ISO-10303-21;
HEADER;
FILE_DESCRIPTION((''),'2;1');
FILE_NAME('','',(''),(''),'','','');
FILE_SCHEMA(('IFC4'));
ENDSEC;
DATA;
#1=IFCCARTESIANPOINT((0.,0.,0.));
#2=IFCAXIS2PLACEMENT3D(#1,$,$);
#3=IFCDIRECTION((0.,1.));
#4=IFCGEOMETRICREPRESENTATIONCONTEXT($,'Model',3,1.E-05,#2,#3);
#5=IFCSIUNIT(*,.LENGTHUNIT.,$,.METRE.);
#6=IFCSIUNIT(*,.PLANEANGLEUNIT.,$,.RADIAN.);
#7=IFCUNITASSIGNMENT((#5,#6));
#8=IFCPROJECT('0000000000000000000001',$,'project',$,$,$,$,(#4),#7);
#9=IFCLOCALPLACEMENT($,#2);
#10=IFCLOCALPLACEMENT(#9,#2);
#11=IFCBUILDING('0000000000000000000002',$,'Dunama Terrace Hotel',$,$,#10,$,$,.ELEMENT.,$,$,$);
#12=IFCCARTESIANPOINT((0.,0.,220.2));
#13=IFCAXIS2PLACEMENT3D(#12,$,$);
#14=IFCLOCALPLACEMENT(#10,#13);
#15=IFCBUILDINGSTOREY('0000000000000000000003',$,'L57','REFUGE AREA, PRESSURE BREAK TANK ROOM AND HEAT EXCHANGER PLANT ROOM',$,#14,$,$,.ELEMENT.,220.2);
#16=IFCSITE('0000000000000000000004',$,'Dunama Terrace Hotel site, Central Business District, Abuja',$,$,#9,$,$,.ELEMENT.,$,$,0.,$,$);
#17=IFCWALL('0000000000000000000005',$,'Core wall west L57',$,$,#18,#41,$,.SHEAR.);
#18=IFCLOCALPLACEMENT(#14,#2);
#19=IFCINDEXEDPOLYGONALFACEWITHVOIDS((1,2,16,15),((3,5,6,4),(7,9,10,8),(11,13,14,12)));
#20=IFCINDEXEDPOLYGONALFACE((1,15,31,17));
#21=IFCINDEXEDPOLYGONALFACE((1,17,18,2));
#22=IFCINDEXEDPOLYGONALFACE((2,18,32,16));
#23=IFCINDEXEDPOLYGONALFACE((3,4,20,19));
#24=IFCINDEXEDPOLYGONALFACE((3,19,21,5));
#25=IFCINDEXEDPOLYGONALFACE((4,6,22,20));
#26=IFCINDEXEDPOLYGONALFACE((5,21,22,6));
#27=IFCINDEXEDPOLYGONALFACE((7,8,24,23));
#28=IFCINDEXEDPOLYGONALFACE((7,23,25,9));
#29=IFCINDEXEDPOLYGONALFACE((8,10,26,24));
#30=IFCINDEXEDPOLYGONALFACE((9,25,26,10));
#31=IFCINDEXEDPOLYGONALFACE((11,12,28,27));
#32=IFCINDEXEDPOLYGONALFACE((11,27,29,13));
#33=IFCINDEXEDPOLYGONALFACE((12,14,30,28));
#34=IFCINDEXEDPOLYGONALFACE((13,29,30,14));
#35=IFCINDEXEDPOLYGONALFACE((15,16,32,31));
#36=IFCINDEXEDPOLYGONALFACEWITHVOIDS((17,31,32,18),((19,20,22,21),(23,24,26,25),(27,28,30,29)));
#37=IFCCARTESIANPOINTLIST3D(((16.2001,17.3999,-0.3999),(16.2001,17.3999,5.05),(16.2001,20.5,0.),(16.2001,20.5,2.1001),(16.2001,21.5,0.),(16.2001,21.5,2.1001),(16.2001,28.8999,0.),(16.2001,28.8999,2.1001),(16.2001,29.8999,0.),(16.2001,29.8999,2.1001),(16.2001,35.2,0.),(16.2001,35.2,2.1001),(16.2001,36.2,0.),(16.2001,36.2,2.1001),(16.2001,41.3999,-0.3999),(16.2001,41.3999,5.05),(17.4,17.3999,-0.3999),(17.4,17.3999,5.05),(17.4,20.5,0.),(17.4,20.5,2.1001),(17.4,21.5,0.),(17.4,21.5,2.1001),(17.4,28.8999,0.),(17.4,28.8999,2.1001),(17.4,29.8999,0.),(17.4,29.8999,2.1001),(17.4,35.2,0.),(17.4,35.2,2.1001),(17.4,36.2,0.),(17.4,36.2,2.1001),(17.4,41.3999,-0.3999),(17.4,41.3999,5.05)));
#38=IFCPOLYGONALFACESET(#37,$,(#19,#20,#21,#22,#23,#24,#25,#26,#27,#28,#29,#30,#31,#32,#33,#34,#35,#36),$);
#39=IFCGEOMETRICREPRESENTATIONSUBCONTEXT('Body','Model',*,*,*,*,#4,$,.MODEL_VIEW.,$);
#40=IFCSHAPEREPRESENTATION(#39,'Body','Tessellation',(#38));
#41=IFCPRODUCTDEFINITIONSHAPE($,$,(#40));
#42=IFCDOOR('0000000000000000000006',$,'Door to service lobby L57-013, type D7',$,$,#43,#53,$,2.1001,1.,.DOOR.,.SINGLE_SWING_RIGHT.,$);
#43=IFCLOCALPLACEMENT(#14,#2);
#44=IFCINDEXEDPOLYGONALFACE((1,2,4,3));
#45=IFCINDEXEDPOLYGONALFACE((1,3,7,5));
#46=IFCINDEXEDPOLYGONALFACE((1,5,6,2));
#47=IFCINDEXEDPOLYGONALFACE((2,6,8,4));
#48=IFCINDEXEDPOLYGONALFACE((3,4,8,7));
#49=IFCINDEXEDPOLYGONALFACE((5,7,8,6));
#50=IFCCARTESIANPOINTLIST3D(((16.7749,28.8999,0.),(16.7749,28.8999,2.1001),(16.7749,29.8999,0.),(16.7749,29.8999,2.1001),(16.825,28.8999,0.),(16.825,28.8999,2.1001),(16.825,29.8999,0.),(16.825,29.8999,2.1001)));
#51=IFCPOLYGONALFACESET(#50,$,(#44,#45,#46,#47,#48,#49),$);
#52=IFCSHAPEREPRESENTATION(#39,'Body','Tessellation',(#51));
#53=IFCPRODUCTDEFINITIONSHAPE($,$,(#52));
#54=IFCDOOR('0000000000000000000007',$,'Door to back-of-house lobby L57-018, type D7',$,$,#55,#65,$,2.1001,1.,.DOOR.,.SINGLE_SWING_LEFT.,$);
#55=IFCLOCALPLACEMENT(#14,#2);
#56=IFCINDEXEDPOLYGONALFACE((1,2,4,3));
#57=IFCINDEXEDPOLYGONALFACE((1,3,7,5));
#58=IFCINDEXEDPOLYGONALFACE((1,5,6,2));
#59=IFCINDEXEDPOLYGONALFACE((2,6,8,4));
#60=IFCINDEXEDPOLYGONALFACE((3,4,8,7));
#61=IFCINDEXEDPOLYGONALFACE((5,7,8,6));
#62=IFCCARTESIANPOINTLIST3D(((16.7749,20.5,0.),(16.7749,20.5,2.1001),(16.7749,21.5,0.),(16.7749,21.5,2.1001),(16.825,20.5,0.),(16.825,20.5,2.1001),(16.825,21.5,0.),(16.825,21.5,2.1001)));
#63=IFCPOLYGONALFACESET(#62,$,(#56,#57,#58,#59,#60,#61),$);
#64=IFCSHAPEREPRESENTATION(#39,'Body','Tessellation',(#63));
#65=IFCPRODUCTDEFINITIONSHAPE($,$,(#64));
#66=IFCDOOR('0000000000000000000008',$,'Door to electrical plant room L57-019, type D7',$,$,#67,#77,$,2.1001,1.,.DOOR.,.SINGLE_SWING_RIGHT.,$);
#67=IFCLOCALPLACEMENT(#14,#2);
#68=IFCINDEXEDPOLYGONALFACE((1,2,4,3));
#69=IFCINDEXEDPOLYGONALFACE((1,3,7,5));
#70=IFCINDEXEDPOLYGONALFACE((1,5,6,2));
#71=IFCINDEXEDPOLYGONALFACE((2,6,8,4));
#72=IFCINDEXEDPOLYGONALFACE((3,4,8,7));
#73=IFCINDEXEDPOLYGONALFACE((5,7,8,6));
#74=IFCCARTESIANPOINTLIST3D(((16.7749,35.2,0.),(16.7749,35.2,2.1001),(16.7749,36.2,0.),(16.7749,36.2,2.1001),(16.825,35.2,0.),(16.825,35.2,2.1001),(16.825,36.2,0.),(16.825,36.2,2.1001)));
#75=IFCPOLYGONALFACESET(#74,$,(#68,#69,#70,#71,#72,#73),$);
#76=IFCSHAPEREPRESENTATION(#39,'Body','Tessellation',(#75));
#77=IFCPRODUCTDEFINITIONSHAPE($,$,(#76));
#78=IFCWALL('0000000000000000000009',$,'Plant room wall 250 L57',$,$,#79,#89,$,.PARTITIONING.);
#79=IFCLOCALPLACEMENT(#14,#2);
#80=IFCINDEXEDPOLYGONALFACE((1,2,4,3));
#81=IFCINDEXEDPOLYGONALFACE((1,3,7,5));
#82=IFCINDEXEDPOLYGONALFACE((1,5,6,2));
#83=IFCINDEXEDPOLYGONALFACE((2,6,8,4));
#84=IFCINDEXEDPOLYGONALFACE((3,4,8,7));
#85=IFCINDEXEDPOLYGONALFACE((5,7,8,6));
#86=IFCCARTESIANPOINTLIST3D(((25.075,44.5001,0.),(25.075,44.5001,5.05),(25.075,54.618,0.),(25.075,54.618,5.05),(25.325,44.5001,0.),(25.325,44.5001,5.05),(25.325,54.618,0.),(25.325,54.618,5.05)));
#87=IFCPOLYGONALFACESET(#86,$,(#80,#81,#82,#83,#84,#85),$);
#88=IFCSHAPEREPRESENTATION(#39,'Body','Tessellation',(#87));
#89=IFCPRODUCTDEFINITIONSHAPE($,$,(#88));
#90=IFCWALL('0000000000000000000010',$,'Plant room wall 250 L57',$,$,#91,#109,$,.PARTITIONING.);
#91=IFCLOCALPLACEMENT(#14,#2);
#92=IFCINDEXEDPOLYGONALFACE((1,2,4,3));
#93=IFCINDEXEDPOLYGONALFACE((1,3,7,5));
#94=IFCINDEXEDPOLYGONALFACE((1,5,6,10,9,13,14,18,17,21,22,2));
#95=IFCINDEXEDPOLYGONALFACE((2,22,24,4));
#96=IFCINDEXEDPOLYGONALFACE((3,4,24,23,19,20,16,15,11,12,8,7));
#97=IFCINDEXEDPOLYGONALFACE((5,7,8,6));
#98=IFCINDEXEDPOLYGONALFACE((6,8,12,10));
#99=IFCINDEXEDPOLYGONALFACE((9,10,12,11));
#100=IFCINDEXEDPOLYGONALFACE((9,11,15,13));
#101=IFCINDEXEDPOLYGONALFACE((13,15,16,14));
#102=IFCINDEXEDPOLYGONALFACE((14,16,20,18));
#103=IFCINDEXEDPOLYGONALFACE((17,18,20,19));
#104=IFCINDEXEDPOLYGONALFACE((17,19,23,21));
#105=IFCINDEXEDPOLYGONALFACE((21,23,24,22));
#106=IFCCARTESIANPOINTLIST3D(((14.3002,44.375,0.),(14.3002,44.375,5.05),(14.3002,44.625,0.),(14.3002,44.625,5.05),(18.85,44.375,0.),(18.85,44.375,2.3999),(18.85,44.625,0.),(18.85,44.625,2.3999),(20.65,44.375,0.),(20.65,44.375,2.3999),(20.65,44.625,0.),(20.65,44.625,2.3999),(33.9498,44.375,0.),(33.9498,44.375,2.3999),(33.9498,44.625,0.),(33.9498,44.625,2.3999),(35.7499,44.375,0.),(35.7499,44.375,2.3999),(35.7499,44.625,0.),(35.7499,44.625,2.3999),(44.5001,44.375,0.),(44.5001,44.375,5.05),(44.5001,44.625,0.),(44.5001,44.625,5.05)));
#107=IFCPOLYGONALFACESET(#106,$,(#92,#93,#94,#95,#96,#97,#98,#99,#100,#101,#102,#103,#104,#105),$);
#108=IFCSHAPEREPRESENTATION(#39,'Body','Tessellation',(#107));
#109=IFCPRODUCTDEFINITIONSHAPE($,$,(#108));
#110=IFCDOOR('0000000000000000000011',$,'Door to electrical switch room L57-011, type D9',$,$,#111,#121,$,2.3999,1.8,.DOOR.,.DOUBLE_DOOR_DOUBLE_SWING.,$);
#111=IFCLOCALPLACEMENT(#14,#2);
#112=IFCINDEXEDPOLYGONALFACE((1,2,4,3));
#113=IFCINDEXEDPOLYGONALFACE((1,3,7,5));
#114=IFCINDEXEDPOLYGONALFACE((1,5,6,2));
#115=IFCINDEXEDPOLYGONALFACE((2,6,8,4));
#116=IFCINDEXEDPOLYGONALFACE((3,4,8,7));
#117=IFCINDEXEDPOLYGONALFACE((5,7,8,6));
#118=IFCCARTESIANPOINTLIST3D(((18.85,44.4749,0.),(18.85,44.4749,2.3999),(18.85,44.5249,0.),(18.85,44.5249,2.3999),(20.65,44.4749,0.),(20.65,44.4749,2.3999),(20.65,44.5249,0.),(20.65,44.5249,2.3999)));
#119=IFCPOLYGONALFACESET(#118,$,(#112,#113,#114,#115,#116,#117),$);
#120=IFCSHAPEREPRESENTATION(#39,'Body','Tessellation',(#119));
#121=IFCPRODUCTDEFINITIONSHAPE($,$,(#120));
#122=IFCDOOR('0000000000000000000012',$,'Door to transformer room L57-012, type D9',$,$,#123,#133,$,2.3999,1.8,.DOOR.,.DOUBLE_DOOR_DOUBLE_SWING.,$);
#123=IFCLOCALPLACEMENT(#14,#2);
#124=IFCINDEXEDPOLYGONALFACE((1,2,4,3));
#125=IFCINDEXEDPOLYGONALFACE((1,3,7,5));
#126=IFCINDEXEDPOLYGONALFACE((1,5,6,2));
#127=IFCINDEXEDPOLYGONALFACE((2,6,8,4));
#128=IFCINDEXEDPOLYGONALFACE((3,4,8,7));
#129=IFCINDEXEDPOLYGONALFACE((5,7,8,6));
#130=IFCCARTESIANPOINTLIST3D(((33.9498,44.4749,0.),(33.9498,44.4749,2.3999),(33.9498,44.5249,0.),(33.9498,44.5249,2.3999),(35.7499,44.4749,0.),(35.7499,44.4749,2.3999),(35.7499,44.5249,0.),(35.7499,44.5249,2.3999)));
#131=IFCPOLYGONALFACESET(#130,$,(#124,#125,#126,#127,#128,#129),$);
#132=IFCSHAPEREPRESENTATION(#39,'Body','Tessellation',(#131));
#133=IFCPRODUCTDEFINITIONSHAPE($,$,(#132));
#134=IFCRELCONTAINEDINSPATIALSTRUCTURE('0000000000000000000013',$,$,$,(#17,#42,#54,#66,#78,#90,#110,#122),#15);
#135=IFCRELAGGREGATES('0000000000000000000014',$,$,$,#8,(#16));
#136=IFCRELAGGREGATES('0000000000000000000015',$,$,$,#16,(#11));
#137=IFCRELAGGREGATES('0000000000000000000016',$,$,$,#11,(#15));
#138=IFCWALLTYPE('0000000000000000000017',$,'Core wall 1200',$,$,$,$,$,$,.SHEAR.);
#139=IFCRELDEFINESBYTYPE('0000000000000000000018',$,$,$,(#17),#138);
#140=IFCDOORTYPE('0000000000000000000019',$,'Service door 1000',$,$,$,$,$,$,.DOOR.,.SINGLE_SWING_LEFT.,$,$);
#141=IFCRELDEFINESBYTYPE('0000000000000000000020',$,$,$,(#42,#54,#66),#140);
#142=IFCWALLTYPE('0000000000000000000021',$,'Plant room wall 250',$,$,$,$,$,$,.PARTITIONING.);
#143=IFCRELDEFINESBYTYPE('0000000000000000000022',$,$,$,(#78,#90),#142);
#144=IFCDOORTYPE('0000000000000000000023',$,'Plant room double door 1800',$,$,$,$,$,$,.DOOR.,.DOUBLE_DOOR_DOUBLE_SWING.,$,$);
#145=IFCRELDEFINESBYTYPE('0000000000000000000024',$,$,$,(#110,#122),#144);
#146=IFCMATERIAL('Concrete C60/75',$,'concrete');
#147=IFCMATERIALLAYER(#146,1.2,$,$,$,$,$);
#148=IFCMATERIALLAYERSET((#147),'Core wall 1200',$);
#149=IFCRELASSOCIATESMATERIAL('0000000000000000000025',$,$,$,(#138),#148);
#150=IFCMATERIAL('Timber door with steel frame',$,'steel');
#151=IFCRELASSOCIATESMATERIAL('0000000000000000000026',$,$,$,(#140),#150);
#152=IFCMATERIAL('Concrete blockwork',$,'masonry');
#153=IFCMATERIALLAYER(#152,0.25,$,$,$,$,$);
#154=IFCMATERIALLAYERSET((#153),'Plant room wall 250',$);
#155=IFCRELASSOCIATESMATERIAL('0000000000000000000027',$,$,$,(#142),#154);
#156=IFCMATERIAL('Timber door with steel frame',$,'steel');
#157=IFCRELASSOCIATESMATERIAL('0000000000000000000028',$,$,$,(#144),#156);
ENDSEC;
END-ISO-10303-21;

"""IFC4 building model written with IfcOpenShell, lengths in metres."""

from ifc_helpers import new_model, si_unit, direction, frame, frame_2d, origin, place, context, subcontext, project, spatial, rectangle, extrude, material, layer, layer_set, type_object, element, fill, save


model = new_model("IFC4")

# Units and contexts
model_context = context("Model", 3, precision=1e-05, world=origin(), true_north=direction((0.0, 1.0)))
body_context = subcontext(model_context, "Body", "Model", "MODEL_VIEW")
ifc_project = project(units=[si_unit("LENGTHUNIT", "METRE"), si_unit("PLANEANGLEUNIT", "RADIAN")], contexts=[model_context])

# Site, building, storey
site_placement = place(None, origin())
site = spatial("IfcSite", under=ifc_project, at=site_placement, Name="Dunama Terrace Hotel site, Central Business District, Abuja", CompositionType="ELEMENT", RefElevation=0.0)
building_placement = place(site_placement, origin())
building = spatial("IfcBuilding", under=site, at=building_placement, Name="Dunama Terrace Hotel", CompositionType="ELEMENT")
storey_placement = place(building_placement, frame((0.0, 0.0, 220.2)))
storey = spatial("IfcBuildingStorey", under=building, at=storey_placement, Name="L57", Description="REFUGE AREA, PRESSURE BREAK TANK ROOM AND HEAT EXCHANGER PLANT ROOM", CompositionType="ELEMENT", Elevation=220.2)

# Wall, openings, doors
ifc_material_1 = material(Name="Concrete C60/75", Category="concrete")
ifc_layer_1 = layer(ifc_material_1, 1.2)
ifc_layer_set_1 = layer_set([ifc_layer_1], Name="Core wall 1200")
wall_type_1 = type_object("IfcWallType", Name="Core wall 1200", PredefinedType="SHEAR", material=ifc_layer_set_1)
wall_1_placement = place(storey_placement, frame((16.8, 41.3999, -0.3999), z_axis=(0.0, 0.0, 1.0), x_axis=(0.0, -1.0, 0.0)))
wall_1 = element("IfcWall", 1, at=wall_1_placement, inside=storey, type_object=wall_type_1, Name="Core wall west L57", PredefinedType="SHEAR", context=body_context, shape_type="SweptSolid", body=[
    extrude(rectangle(XDim=24.0, YDim=1.2, at=frame_2d((12.0, 0.0))), origin(), (0.0, 0.0, 1.0), 5.45),
])
opening_1_placement = place(wall_1_placement, frame((11.5, 0.0, 0.3999)))
opening_1 = element("IfcOpeningElement", 2, at=opening_1_placement, cuts=wall_1, PredefinedType="OPENING", context=body_context, shape_type="SweptSolid", body=[
    extrude(rectangle(XDim=1.0, YDim=2.1001, at=frame_2d((0.5, 1.05))), frame((0.0, 0.6099, 0.0), z_axis=(0.0, -1.0, 0.0), x_axis=(1.0, 0.0, 0.0)), (0.0, 0.0, 1.0), 1.22),
])
opening_2_placement = place(wall_1_placement, frame((19.8999, 0.0, 0.3999)))
opening_2 = element("IfcOpeningElement", 3, at=opening_2_placement, cuts=wall_1, PredefinedType="OPENING", context=body_context, shape_type="SweptSolid", body=[
    extrude(rectangle(XDim=1.0, YDim=2.1001, at=frame_2d((0.5, 1.05))), frame((0.0, 0.6099, 0.0), z_axis=(0.0, -1.0, 0.0), x_axis=(1.0, 0.0, 0.0)), (0.0, 0.0, 1.0), 1.22),
])
opening_3_placement = place(wall_1_placement, frame((5.2, 0.0, 0.3999)))
opening_3 = element("IfcOpeningElement", 4, at=opening_3_placement, cuts=wall_1, PredefinedType="OPENING", context=body_context, shape_type="SweptSolid", body=[
    extrude(rectangle(XDim=1.0, YDim=2.1001, at=frame_2d((0.5, 1.05))), frame((0.0, 0.6099, 0.0), z_axis=(0.0, -1.0, 0.0), x_axis=(1.0, 0.0, 0.0)), (0.0, 0.0, 1.0), 1.22),
])
ifc_material_2 = material(Name="Timber door with steel frame", Category="steel")
door_type_1 = type_object("IfcDoorType", Name="Service door 1000", OperationType="SINGLE_SWING_LEFT", PredefinedType="DOOR", material=ifc_material_2)
door_1_placement = place(opening_1_placement, origin())
door_1 = element("IfcDoor", 5, at=door_1_placement, inside=storey, type_object=door_type_1, Name="Door to service lobby L57-013, type D7", OperationType="SINGLE_SWING_RIGHT", OverallHeight=2.1001, OverallWidth=1.0, PredefinedType="DOOR", context=body_context, shape_type="SweptSolid", body=[
    extrude(rectangle(XDim=1.0, YDim=2.1001, at=frame_2d((0.5, 1.05))), frame((0.0, 0.0249, 0.0), z_axis=(0.0, -1.0, 0.0), x_axis=(1.0, 0.0, 0.0)), (0.0, 0.0, 1.0), 0.05),
])
fill(opening_1, door_1)
door_2_placement = place(opening_2_placement, origin())
door_2 = element("IfcDoor", 6, at=door_2_placement, inside=storey, type_object=door_type_1, Name="Door to back-of-house lobby L57-018, type D7", OperationType="SINGLE_SWING_LEFT", OverallHeight=2.1001, OverallWidth=1.0, PredefinedType="DOOR", context=body_context, shape_type="SweptSolid", body=[
    extrude(rectangle(XDim=1.0, YDim=2.1001, at=frame_2d((0.5, 1.05))), frame((0.0, 0.0249, 0.0), z_axis=(0.0, -1.0, 0.0), x_axis=(1.0, 0.0, 0.0)), (0.0, 0.0, 1.0), 0.05),
])
fill(opening_2, door_2)
door_3_placement = place(opening_3_placement, origin())
door_3 = element("IfcDoor", 7, at=door_3_placement, inside=storey, type_object=door_type_1, Name="Door to electrical plant room L57-019, type D7", OperationType="SINGLE_SWING_RIGHT", OverallHeight=2.1001, OverallWidth=1.0, PredefinedType="DOOR", context=body_context, shape_type="SweptSolid", body=[
    extrude(rectangle(XDim=1.0, YDim=2.1001, at=frame_2d((0.5, 1.05))), frame((0.0, 0.0249, 0.0), z_axis=(0.0, -1.0, 0.0), x_axis=(1.0, 0.0, 0.0)), (0.0, 0.0, 1.0), 0.05),
])
fill(opening_3, door_3)

# Wall
ifc_material_3 = material(Name="Concrete blockwork", Category="masonry")
ifc_layer_2 = layer(ifc_material_3, 0.25)
ifc_layer_set_2 = layer_set([ifc_layer_2], Name="Plant room wall 250")
wall_type_2 = type_object("IfcWallType", Name="Plant room wall 250", PredefinedType="PARTITIONING", material=ifc_layer_set_2)
wall_2_placement = place(storey_placement, frame((25.2, 44.5, 0.0), z_axis=(0.0, 0.0, 1.0), x_axis=(0.0, 1.0, 0.0)))
element("IfcWall", 8, at=wall_2_placement, inside=storey, type_object=wall_type_2, Name="Plant room wall 250 L57", PredefinedType="PARTITIONING", context=body_context, shape_type="SweptSolid", body=[
    extrude(rectangle(XDim=10.1179, YDim=0.25, at=frame_2d((5.0591, 0.0))), origin(), (0.0, 0.0, 1.0), 5.05),
])

# Wall, openings, doors
wall_3_placement = place(storey_placement, frame((14.3, 44.5, 0.0), z_axis=(0.0, 0.0, 1.0), x_axis=(1.0, 0.0, 0.0)))
wall_3 = element("IfcWall", 9, at=wall_3_placement, inside=storey, type_object=wall_type_2, Name="Plant room wall 250 L57", PredefinedType="PARTITIONING", context=body_context, shape_type="SweptSolid", body=[
    extrude(rectangle(XDim=30.2, YDim=0.25, at=frame_2d((15.1001, 0.0))), origin(), (0.0, 0.0, 1.0), 5.05),
])
opening_4_placement = place(wall_3_placement, frame((4.55, 0.0, 0.0)))
opening_4 = element("IfcOpeningElement", 10, at=opening_4_placement, cuts=wall_3, PredefinedType="OPENING", context=body_context, shape_type="SweptSolid", body=[
    extrude(rectangle(XDim=1.8, YDim=2.3999, at=frame_2d((0.8999, 1.2))), frame((0.0, 0.135, 0.0), z_axis=(0.0, -1.0, 0.0), x_axis=(1.0, 0.0, 0.0)), (0.0, 0.0, 1.0), 0.27),
])
opening_5_placement = place(wall_3_placement, frame((19.6499, 0.0, 0.0)))
opening_5 = element("IfcOpeningElement", 11, at=opening_5_placement, cuts=wall_3, PredefinedType="OPENING", context=body_context, shape_type="SweptSolid", body=[
    extrude(rectangle(XDim=1.8, YDim=2.3999, at=frame_2d((0.8999, 1.2))), frame((0.0, 0.135, 0.0), z_axis=(0.0, -1.0, 0.0), x_axis=(1.0, 0.0, 0.0)), (0.0, 0.0, 1.0), 0.27),
])
ifc_material_4 = material(Name="Timber door with steel frame", Category="steel")
door_type_2 = type_object("IfcDoorType", Name="Plant room double door 1800", OperationType="DOUBLE_DOOR_DOUBLE_SWING", PredefinedType="DOOR", material=ifc_material_4)
door_4_placement = place(opening_4_placement, origin())
door_4 = element("IfcDoor", 12, at=door_4_placement, inside=storey, type_object=door_type_2, Name="Door to electrical switch room L57-011, type D9", OperationType="DOUBLE_DOOR_DOUBLE_SWING", OverallHeight=2.3999, OverallWidth=1.8, PredefinedType="DOOR", context=body_context, shape_type="SweptSolid", body=[
    extrude(rectangle(XDim=1.8, YDim=2.3999, at=frame_2d((0.8999, 1.2))), frame((0.0, 0.0249, 0.0), z_axis=(0.0, -1.0, 0.0), x_axis=(1.0, 0.0, 0.0)), (0.0, 0.0, 1.0), 0.05),
])
fill(opening_4, door_4)
door_5_placement = place(opening_5_placement, origin())
door_5 = element("IfcDoor", 13, at=door_5_placement, inside=storey, type_object=door_type_2, Name="Door to transformer room L57-012, type D9", OperationType="DOUBLE_DOOR_DOUBLE_SWING", OverallHeight=2.3999, OverallWidth=1.8, PredefinedType="DOOR", context=body_context, shape_type="SweptSolid", body=[
    extrude(rectangle(XDim=1.8, YDim=2.3999, at=frame_2d((0.8999, 1.2))), frame((0.0, 0.0249, 0.0), z_axis=(0.0, -1.0, 0.0), x_axis=(1.0, 0.0, 0.0)), (0.0, 0.0, 1.0), 0.05),
])
fill(opening_5, door_5)

save(model, "model.ifc")
